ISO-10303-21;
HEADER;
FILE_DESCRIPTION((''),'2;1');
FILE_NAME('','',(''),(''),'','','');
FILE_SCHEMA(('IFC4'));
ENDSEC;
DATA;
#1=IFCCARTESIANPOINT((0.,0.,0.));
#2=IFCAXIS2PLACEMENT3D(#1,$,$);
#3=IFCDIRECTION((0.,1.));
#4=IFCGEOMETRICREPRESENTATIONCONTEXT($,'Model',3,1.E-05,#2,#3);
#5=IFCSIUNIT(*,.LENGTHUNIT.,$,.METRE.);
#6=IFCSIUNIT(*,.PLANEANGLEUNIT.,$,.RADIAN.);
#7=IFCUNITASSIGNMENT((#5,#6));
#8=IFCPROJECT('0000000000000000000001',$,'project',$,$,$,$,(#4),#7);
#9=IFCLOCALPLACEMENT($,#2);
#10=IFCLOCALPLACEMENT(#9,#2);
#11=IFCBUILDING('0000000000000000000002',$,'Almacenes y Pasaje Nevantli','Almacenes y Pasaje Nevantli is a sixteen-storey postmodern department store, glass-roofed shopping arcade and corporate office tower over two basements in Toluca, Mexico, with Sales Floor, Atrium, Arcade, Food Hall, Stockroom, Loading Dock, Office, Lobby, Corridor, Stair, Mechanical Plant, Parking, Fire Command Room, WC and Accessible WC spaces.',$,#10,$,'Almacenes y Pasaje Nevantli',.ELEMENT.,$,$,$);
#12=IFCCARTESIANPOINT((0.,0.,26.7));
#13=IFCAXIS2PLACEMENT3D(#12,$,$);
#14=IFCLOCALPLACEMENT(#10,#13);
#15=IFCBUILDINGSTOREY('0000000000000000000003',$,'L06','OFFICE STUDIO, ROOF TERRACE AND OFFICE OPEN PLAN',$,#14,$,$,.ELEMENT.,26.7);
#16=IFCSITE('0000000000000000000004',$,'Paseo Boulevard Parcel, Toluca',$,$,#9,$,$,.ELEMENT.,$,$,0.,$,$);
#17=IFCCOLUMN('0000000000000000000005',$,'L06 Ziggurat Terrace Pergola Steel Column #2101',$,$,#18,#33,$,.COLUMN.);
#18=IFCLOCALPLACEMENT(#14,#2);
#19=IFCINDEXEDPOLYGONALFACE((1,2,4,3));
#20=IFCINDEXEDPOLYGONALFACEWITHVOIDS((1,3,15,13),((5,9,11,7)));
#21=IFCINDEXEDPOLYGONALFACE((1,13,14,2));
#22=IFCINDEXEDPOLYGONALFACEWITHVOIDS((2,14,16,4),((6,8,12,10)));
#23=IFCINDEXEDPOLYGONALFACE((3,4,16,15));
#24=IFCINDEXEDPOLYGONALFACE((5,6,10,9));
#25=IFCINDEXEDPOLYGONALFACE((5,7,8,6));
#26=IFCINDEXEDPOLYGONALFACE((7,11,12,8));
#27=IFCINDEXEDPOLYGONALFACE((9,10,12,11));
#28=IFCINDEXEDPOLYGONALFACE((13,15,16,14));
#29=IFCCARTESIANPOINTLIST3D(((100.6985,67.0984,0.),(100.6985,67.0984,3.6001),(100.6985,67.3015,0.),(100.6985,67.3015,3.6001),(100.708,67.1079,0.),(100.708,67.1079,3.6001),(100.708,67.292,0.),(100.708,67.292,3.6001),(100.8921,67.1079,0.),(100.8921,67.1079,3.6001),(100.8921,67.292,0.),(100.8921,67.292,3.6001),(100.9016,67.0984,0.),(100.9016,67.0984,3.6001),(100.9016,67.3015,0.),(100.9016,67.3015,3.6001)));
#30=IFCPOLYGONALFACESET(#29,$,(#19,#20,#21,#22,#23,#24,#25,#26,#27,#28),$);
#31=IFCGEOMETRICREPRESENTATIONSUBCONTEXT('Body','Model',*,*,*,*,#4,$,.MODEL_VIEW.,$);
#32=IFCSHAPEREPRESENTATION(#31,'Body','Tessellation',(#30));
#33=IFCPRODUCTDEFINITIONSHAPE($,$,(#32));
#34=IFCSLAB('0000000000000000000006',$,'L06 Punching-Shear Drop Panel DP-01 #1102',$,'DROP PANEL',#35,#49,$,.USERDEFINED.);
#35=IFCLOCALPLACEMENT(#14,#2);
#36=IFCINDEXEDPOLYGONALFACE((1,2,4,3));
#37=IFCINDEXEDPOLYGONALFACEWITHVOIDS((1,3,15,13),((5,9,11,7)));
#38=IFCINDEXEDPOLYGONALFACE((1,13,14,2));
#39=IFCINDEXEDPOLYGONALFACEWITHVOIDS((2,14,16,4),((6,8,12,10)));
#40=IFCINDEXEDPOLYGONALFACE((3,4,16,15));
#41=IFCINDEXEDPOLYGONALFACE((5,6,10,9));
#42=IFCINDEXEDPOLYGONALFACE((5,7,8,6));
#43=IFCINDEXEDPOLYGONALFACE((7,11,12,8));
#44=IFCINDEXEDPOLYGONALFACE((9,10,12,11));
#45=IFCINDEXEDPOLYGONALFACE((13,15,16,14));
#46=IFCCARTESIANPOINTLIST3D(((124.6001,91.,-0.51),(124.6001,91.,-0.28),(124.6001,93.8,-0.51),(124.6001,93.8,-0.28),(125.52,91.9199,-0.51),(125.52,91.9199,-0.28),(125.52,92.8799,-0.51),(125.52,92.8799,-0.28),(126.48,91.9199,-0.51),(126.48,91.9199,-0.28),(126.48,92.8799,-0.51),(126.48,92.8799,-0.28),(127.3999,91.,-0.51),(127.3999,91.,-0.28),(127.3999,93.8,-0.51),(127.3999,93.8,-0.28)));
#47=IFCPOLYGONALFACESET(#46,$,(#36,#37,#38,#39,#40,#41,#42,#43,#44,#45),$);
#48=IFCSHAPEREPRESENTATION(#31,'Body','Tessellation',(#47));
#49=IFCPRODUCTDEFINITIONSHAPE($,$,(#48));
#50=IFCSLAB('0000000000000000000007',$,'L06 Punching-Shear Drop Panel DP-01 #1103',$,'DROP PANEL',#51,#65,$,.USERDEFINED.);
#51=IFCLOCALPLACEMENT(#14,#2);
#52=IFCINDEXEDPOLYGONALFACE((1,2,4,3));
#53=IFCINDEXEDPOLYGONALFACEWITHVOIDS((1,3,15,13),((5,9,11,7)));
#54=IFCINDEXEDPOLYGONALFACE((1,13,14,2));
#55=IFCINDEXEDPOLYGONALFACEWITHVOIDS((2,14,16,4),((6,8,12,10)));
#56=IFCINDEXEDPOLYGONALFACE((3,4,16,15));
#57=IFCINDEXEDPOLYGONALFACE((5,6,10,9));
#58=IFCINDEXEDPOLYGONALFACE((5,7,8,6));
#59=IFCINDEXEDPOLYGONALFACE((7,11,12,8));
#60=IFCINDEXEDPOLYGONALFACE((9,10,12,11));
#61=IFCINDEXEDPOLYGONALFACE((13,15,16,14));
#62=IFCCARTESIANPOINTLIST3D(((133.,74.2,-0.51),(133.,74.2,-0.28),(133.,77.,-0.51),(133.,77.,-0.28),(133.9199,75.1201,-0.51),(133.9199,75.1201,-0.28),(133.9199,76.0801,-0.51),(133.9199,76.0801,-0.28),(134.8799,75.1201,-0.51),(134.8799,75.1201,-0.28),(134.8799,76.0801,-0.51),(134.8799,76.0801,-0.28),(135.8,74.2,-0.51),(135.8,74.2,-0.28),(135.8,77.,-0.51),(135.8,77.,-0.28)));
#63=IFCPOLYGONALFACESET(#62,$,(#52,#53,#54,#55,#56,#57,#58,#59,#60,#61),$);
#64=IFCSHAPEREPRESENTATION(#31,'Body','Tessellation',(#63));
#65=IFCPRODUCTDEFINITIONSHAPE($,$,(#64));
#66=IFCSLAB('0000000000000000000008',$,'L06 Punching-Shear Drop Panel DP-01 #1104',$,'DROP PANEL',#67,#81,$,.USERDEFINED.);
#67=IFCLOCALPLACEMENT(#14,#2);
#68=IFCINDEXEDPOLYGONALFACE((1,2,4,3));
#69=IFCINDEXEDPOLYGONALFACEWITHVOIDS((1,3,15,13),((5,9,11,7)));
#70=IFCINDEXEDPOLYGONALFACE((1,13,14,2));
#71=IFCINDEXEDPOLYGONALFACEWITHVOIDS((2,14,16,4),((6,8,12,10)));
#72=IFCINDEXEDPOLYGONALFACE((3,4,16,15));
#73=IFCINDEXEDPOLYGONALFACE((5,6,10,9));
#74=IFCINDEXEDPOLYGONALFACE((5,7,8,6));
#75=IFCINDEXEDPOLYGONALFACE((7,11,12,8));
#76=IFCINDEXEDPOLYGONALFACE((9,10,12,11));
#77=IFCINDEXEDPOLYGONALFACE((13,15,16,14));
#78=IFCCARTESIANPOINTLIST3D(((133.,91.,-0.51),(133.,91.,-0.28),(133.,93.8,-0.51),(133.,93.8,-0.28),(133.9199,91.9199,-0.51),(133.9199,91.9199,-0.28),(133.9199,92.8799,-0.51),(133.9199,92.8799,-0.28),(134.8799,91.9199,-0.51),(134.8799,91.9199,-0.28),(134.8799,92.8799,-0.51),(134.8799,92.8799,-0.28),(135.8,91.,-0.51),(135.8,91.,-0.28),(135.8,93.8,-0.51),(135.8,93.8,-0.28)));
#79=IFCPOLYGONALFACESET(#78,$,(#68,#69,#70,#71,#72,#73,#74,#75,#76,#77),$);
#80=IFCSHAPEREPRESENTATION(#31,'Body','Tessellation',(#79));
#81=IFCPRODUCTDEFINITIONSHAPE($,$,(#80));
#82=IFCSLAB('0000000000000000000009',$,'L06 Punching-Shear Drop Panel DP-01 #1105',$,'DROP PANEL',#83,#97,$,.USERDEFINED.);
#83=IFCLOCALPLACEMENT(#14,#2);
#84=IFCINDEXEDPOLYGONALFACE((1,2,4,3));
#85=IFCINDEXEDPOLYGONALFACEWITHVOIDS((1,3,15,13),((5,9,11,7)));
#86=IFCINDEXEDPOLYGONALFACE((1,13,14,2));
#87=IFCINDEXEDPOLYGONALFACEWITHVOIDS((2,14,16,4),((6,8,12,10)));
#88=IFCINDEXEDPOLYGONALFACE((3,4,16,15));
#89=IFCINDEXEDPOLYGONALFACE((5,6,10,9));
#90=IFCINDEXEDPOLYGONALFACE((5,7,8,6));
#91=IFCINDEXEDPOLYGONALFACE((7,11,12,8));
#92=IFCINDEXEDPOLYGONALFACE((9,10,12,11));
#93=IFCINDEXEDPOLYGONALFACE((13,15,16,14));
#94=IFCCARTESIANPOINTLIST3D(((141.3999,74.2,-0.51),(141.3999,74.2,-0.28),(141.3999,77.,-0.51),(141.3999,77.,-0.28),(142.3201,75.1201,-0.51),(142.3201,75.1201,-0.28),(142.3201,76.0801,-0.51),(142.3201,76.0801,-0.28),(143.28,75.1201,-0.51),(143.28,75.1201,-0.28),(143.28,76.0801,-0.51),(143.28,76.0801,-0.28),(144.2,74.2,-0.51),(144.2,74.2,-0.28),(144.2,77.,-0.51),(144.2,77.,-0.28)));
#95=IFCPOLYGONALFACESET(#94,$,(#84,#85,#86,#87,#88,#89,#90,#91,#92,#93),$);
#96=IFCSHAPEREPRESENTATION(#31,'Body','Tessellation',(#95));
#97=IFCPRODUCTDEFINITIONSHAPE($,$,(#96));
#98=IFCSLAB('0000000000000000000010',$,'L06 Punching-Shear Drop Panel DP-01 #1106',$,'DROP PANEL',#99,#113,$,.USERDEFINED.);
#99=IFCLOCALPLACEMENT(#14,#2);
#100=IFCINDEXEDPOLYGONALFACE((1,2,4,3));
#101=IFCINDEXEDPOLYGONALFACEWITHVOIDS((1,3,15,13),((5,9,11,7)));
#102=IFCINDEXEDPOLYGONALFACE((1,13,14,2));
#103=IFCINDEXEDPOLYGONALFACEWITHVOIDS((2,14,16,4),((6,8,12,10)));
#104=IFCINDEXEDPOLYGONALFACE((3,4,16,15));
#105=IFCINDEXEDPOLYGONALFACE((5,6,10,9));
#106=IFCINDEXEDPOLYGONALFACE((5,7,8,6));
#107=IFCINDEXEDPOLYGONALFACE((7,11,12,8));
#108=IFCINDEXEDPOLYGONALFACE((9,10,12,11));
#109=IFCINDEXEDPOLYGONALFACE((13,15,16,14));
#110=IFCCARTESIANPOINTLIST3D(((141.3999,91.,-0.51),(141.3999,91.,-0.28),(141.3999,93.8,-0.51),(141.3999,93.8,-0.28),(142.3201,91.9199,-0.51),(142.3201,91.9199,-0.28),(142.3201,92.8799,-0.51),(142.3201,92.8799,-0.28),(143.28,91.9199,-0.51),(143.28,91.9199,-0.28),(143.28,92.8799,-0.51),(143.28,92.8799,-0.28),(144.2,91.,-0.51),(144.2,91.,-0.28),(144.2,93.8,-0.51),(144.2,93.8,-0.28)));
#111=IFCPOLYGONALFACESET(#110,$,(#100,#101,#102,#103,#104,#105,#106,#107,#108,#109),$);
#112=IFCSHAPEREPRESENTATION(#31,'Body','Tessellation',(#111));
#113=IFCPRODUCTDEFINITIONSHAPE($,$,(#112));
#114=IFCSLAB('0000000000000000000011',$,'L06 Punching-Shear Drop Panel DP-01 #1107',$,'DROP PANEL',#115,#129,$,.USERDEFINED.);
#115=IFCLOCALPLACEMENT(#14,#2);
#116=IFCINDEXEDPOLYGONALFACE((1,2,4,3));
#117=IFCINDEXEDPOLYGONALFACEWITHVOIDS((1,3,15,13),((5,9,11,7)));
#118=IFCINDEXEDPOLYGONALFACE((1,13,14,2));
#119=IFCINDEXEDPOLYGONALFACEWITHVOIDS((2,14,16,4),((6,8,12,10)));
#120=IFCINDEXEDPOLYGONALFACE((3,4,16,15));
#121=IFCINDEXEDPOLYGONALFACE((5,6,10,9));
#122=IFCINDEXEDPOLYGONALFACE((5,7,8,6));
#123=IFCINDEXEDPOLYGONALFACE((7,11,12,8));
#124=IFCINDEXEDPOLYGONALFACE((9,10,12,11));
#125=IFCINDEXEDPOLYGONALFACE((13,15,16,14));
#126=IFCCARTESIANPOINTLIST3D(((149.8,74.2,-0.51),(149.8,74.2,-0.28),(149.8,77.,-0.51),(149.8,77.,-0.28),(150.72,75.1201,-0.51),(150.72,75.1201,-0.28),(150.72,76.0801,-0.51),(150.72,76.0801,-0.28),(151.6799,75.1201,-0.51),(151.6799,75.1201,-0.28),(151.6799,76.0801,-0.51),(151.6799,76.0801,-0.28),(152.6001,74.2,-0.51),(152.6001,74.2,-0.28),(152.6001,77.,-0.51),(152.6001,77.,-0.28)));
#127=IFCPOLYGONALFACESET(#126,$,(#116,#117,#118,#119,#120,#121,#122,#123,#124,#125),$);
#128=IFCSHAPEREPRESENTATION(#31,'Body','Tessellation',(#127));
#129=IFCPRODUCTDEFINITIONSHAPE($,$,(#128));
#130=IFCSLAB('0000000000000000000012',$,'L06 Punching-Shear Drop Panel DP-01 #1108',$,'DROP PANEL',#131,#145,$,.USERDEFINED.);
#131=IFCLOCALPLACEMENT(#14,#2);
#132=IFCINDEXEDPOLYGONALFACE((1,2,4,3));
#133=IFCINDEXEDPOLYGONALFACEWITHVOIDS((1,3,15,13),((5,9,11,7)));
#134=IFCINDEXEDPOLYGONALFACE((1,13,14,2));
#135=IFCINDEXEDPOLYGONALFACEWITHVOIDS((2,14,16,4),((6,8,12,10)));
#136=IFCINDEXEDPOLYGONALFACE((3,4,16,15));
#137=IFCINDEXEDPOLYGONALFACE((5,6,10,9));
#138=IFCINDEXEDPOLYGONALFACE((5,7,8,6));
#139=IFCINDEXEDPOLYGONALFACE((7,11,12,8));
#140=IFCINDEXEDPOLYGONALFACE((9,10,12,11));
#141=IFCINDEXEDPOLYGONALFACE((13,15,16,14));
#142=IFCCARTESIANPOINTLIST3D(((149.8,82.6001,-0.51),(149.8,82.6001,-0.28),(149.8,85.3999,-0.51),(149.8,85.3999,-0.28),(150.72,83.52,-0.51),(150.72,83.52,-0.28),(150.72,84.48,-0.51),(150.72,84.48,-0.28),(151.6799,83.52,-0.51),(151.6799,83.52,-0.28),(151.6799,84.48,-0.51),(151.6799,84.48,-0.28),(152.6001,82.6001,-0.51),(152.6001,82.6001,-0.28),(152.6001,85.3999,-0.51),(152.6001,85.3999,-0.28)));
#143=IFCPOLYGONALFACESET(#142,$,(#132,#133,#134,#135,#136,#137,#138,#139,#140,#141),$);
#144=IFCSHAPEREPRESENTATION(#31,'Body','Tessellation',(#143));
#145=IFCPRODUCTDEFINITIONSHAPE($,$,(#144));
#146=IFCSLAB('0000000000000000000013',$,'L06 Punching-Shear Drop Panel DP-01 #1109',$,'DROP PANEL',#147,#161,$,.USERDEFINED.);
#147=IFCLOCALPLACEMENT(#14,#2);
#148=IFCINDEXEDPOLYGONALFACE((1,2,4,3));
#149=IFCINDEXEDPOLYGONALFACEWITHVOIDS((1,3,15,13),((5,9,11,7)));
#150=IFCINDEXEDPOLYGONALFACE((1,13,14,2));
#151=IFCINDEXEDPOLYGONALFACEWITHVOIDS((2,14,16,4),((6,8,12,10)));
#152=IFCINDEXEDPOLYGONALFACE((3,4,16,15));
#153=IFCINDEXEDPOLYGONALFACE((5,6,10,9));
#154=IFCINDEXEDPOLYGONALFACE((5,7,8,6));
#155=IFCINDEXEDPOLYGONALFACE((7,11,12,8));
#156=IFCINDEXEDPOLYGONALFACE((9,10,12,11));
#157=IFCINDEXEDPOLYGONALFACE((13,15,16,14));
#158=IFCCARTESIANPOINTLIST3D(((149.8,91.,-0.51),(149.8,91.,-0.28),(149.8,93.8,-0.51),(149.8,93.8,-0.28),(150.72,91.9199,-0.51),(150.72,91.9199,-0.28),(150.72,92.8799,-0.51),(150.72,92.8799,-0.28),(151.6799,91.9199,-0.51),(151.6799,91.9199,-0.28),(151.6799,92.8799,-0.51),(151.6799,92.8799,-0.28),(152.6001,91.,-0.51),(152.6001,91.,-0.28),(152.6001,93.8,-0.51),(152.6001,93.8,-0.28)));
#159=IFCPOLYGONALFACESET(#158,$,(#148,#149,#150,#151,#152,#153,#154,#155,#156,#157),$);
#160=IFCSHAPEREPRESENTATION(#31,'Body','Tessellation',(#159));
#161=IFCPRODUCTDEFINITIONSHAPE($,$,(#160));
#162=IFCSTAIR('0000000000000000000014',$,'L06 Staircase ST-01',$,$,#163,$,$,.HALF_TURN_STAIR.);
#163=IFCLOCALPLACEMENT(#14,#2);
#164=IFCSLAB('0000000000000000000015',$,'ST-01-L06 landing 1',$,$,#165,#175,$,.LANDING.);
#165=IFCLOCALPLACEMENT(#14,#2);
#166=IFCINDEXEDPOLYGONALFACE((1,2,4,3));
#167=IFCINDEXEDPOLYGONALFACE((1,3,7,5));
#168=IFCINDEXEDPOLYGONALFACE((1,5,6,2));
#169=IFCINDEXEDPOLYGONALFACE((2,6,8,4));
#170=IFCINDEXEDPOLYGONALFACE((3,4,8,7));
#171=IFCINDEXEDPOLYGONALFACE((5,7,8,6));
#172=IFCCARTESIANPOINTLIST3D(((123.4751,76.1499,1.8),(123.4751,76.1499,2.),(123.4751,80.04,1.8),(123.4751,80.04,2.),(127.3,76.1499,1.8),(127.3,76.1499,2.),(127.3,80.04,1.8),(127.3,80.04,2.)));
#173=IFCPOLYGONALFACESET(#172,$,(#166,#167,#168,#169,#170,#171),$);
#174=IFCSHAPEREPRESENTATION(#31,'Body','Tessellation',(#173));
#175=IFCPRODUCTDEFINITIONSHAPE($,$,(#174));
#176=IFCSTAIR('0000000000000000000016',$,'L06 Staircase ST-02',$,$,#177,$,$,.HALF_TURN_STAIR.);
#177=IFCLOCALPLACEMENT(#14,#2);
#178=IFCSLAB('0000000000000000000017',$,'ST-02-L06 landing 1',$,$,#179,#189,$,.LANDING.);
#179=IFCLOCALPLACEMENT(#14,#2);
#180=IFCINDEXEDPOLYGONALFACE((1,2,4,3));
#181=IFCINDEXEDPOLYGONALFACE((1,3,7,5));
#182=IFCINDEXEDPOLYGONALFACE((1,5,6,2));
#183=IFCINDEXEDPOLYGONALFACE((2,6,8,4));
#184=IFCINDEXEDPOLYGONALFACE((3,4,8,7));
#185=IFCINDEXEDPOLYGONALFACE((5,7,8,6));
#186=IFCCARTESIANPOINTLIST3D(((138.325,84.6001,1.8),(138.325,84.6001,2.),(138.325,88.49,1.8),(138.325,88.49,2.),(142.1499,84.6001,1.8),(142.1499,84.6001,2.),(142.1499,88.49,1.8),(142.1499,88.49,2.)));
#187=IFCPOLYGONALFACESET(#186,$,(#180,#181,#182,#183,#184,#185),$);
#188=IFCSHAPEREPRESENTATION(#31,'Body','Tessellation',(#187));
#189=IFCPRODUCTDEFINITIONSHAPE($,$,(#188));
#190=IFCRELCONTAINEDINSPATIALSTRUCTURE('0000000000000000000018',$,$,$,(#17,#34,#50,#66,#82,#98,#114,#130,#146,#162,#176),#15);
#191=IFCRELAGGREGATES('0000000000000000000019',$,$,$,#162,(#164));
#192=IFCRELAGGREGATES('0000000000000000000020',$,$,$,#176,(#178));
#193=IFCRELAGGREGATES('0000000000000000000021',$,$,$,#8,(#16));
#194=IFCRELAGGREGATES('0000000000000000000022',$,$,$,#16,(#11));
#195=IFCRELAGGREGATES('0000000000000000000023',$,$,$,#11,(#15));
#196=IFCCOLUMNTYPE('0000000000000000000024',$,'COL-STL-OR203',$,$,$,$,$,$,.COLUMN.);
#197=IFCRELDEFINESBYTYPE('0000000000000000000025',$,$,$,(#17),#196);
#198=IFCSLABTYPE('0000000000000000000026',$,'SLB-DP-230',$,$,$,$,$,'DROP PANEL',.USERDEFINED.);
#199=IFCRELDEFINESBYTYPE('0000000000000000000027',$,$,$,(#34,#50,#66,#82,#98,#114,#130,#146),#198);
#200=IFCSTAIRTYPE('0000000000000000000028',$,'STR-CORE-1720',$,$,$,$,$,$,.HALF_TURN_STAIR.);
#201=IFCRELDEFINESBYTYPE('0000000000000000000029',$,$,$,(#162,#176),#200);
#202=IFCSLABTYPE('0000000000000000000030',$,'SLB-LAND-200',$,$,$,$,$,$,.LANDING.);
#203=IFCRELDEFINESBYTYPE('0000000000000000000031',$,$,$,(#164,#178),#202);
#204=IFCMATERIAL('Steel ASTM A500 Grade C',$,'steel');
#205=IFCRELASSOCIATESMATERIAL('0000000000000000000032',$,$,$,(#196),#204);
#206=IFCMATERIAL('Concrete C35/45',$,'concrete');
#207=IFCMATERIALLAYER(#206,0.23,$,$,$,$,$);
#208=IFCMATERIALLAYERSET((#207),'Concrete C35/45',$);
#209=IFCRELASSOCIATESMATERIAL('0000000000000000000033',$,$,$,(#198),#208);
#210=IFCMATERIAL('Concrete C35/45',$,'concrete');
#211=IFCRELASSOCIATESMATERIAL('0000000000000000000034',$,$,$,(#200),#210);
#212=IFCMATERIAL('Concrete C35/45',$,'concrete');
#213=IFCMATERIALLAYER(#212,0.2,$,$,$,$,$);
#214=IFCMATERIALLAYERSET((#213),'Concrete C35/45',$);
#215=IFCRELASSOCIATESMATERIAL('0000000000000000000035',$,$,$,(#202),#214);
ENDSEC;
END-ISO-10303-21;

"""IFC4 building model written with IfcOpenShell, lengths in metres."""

from ifc_helpers import new_model, si_unit, direction, frame, origin, origin_2d, place, context, subcontext, project, spatial, polyline, hollow_rectangle, outline, extrude, material, layer, layer_set, material_profile, profile_set, type_object, element, aggregate, save


model = new_model("IFC4")

# Units and contexts
model_context = context("Model", 3, precision=1e-05, world=origin(), true_north=direction((0.0, 1.0)))
body_context = subcontext(model_context, "Body", "Model", "MODEL_VIEW")
ifc_project = project(units=[si_unit("LENGTHUNIT", "METRE"), si_unit("PLANEANGLEUNIT", "RADIAN")], contexts=[model_context])

# Site, building, storey
site_placement = place(None, origin())
site = spatial("IfcSite", under=ifc_project, at=site_placement, Name="Paseo Boulevard Parcel, Toluca", CompositionType="ELEMENT", RefElevation=0.0)
building_placement = place(site_placement, origin())
building = spatial("IfcBuilding", under=site, at=building_placement, Name="Almacenes y Pasaje Nevantli", Description="Almacenes y Pasaje Nevantli is a sixteen-storey postmodern department store, glass-roofed shopping arcade and corporate office tower over two basements in Toluca, Mexico, with Sales Floor, Atrium, Arcade, Food Hall, Stockroom, Loading Dock, Office, Lobby, Corridor, Stair, Mechanical Plant, Parking, Fire Command Room, WC and Accessible WC spaces.", LongName="Almacenes y Pasaje Nevantli", CompositionType="ELEMENT")
storey_placement = place(building_placement, frame((0.0, 0.0, 26.7)))
storey = spatial("IfcBuildingStorey", under=building, at=storey_placement, Name="L06", Description="OFFICE STUDIO, ROOF TERRACE AND OFFICE OPEN PLAN", CompositionType="ELEMENT", Elevation=26.7)

# Column
ifc_material_1 = material(Name="Steel ASTM A500 Grade C", Category="steel")
ifc_material_profile = material_profile(ifc_material_1, hollow_rectangle(XDim=0.2031, YDim=0.2031, WallThickness=0.0095, at=origin_2d()), Name="OR 203x203x9.5")
ifc_profile_set = profile_set([ifc_material_profile], Name="Steel ASTM A500 Grade C")
column_type = type_object("IfcColumnType", Name="COL-STL-OR203", PredefinedType="COLUMN", material=ifc_profile_set)
column_placement = place(storey_placement, frame((100.8, 67.2, 0.0), z_axis=(0.0, 0.0, 1.0), x_axis=(1.0, 0.0, 0.0)))
element("IfcColumn", 1, at=column_placement, inside=storey, type_object=column_type, Name="L06 Ziggurat Terrace Pergola Steel Column #2101", PredefinedType="COLUMN", context=body_context, shape_type="SweptSolid", body=[
    extrude(hollow_rectangle(XDim=0.2031, YDim=0.2031, WallThickness=0.0095, at=origin_2d()), origin(), (0.0, 0.0, 1.0), 3.6001),
])

# Slabs
ifc_material_2 = material(Name="Concrete C35/45", Category="concrete")
ifc_layer_1 = layer(ifc_material_2, 0.23)
ifc_layer_set_1 = layer_set([ifc_layer_1], Name="Concrete C35/45")
slab_type_1 = type_object("IfcSlabType", Name="SLB-DP-230", ElementType="DROP PANEL", PredefinedType="USERDEFINED", material=ifc_layer_set_1)
slab_1_placement = place(storey_placement, frame((0.0, 0.0, -0.51)))
element("IfcSlab", 2, at=slab_1_placement, inside=storey, type_object=slab_type_1, Name="L06 Punching-Shear Drop Panel DP-01 #1102", ObjectType="DROP PANEL", PredefinedType="USERDEFINED", context=body_context, shape_type="SweptSolid", body=[
    extrude(outline(polyline([(124.6001, 91.0), (127.3999, 91.0), (127.3999, 93.8), (124.6001, 93.8), (124.6001, 91.0)]), holes=[polyline([(125.52, 91.9199), (126.48, 91.9199), (126.48, 92.8799), (125.52, 92.8799), (125.52, 91.9199)])]), origin(), (0.0, 0.0, 1.0), 0.23),
])
slab_2_placement = place(storey_placement, frame((0.0, 0.0, -0.51)))
element("IfcSlab", 3, at=slab_2_placement, inside=storey, type_object=slab_type_1, Name="L06 Punching-Shear Drop Panel DP-01 #1103", ObjectType="DROP PANEL", PredefinedType="USERDEFINED", context=body_context, shape_type="SweptSolid", body=[
    extrude(outline(polyline([(133.0, 74.2), (135.8, 74.2), (135.8, 77.0), (133.0, 77.0), (133.0, 74.2)]), holes=[polyline([(133.9199, 75.1201), (134.8799, 75.1201), (134.8799, 76.0801), (133.9199, 76.0801), (133.9199, 75.1201)])]), origin(), (0.0, 0.0, 1.0), 0.23),
])
slab_3_placement = place(storey_placement, frame((0.0, 0.0, -0.51)))
element("IfcSlab", 4, at=slab_3_placement, inside=storey, type_object=slab_type_1, Name="L06 Punching-Shear Drop Panel DP-01 #1104", ObjectType="DROP PANEL", PredefinedType="USERDEFINED", context=body_context, shape_type="SweptSolid", body=[
    extrude(outline(polyline([(133.0, 91.0), (135.8, 91.0), (135.8, 93.8), (133.0, 93.8), (133.0, 91.0)]), holes=[polyline([(133.9199, 91.9199), (134.8799, 91.9199), (134.8799, 92.8799), (133.9199, 92.8799), (133.9199, 91.9199)])]), origin(), (0.0, 0.0, 1.0), 0.23),
])
slab_4_placement = place(storey_placement, frame((0.0, 0.0, -0.51)))
element("IfcSlab", 5, at=slab_4_placement, inside=storey, type_object=slab_type_1, Name="L06 Punching-Shear Drop Panel DP-01 #1105", ObjectType="DROP PANEL", PredefinedType="USERDEFINED", context=body_context, shape_type="SweptSolid", body=[
    extrude(outline(polyline([(141.3999, 74.2), (144.2, 74.2), (144.2, 77.0), (141.3999, 77.0), (141.3999, 74.2)]), holes=[polyline([(142.3201, 75.1201), (143.28, 75.1201), (143.28, 76.0801), (142.3201, 76.0801), (142.3201, 75.1201)])]), origin(), (0.0, 0.0, 1.0), 0.23),
])
slab_5_placement = place(storey_placement, frame((0.0, 0.0, -0.51)))
element("IfcSlab", 6, at=slab_5_placement, inside=storey, type_object=slab_type_1, Name="L06 Punching-Shear Drop Panel DP-01 #1106", ObjectType="DROP PANEL", PredefinedType="USERDEFINED", context=body_context, shape_type="SweptSolid", body=[
    extrude(outline(polyline([(141.3999, 91.0), (144.2, 91.0), (144.2, 93.8), (141.3999, 93.8), (141.3999, 91.0)]), holes=[polyline([(142.3201, 91.9199), (143.28, 91.9199), (143.28, 92.8799), (142.3201, 92.8799), (142.3201, 91.9199)])]), origin(), (0.0, 0.0, 1.0), 0.23),
])
slab_6_placement = place(storey_placement, frame((0.0, 0.0, -0.51)))
element("IfcSlab", 7, at=slab_6_placement, inside=storey, type_object=slab_type_1, Name="L06 Punching-Shear Drop Panel DP-01 #1107", ObjectType="DROP PANEL", PredefinedType="USERDEFINED", context=body_context, shape_type="SweptSolid", body=[
    extrude(outline(polyline([(149.8, 74.2), (152.6001, 74.2), (152.6001, 77.0), (149.8, 77.0), (149.8, 74.2)]), holes=[polyline([(150.72, 75.1201), (151.6799, 75.1201), (151.6799, 76.0801), (150.72, 76.0801), (150.72, 75.1201)])]), origin(), (0.0, 0.0, 1.0), 0.23),
])
slab_7_placement = place(storey_placement, frame((0.0, 0.0, -0.51)))
element("IfcSlab", 8, at=slab_7_placement, inside=storey, type_object=slab_type_1, Name="L06 Punching-Shear Drop Panel DP-01 #1108", ObjectType="DROP PANEL", PredefinedType="USERDEFINED", context=body_context, shape_type="SweptSolid", body=[
    extrude(outline(polyline([(149.8, 82.6001), (152.6001, 82.6001), (152.6001, 85.3999), (149.8, 85.3999), (149.8, 82.6001)]), holes=[polyline([(150.72, 83.52), (151.6799, 83.52), (151.6799, 84.48), (150.72, 84.48), (150.72, 83.52)])]), origin(), (0.0, 0.0, 1.0), 0.23),
])
slab_8_placement = place(storey_placement, frame((0.0, 0.0, -0.51)))
element("IfcSlab", 9, at=slab_8_placement, inside=storey, type_object=slab_type_1, Name="L06 Punching-Shear Drop Panel DP-01 #1109", ObjectType="DROP PANEL", PredefinedType="USERDEFINED", context=body_context, shape_type="SweptSolid", body=[
    extrude(outline(polyline([(149.8, 91.0), (152.6001, 91.0), (152.6001, 93.8), (149.8, 93.8), (149.8, 91.0)]), holes=[polyline([(150.72, 91.9199), (151.6799, 91.9199), (151.6799, 92.8799), (150.72, 92.8799), (150.72, 91.9199)])]), origin(), (0.0, 0.0, 1.0), 0.23),
])

# Stairs, slabs
ifc_material_3 = material(Name="Concrete C35/45", Category="concrete")
stair_type = type_object("IfcStairType", Name="STR-CORE-1720", PredefinedType="HALF_TURN_STAIR", material=ifc_material_3)
stair_1_placement = place(storey_placement, origin())
stair_1 = element("IfcStair", 10, at=stair_1_placement, inside=storey, type_object=stair_type, Name="L06 Staircase ST-01", PredefinedType="HALF_TURN_STAIR")
ifc_material_4 = material(Name="Concrete C35/45", Category="concrete")
ifc_layer_2 = layer(ifc_material_4, 0.2)
ifc_layer_set_2 = layer_set([ifc_layer_2], Name="Concrete C35/45")
slab_type_2 = type_object("IfcSlabType", Name="SLB-LAND-200", PredefinedType="LANDING", material=ifc_layer_set_2)
slab_9_placement = place(storey_placement, frame((0.0, 0.0, 1.8)))
slab_9 = element("IfcSlab", 11, at=slab_9_placement, type_object=slab_type_2, Name="ST-01-L06 landing 1", PredefinedType="LANDING", context=body_context, shape_type="SweptSolid", body=[
    extrude(outline(polyline([(123.4751, 76.1499), (127.3, 76.1499), (127.3, 80.04), (123.4751, 80.04), (123.4751, 76.1499)])), origin(), (0.0, 0.0, 1.0), 0.2),
])
aggregate(stair_1, [slab_9])
stair_2_placement = place(storey_placement, origin())
stair_2 = element("IfcStair", 12, at=stair_2_placement, inside=storey, type_object=stair_type, Name="L06 Staircase ST-02", PredefinedType="HALF_TURN_STAIR")
slab_10_placement = place(storey_placement, frame((0.0, 0.0, 1.8)))
slab_10 = element("IfcSlab", 13, at=slab_10_placement, type_object=slab_type_2, Name="ST-02-L06 landing 1", PredefinedType="LANDING", context=body_context, shape_type="SweptSolid", body=[
    extrude(outline(polyline([(138.325, 84.6001), (142.1499, 84.6001), (142.1499, 88.49), (138.325, 88.49), (138.325, 84.6001)])), origin(), (0.0, 0.0, 1.0), 0.2),
])
aggregate(stair_2, [slab_10])

save(model, "model.ifc")
